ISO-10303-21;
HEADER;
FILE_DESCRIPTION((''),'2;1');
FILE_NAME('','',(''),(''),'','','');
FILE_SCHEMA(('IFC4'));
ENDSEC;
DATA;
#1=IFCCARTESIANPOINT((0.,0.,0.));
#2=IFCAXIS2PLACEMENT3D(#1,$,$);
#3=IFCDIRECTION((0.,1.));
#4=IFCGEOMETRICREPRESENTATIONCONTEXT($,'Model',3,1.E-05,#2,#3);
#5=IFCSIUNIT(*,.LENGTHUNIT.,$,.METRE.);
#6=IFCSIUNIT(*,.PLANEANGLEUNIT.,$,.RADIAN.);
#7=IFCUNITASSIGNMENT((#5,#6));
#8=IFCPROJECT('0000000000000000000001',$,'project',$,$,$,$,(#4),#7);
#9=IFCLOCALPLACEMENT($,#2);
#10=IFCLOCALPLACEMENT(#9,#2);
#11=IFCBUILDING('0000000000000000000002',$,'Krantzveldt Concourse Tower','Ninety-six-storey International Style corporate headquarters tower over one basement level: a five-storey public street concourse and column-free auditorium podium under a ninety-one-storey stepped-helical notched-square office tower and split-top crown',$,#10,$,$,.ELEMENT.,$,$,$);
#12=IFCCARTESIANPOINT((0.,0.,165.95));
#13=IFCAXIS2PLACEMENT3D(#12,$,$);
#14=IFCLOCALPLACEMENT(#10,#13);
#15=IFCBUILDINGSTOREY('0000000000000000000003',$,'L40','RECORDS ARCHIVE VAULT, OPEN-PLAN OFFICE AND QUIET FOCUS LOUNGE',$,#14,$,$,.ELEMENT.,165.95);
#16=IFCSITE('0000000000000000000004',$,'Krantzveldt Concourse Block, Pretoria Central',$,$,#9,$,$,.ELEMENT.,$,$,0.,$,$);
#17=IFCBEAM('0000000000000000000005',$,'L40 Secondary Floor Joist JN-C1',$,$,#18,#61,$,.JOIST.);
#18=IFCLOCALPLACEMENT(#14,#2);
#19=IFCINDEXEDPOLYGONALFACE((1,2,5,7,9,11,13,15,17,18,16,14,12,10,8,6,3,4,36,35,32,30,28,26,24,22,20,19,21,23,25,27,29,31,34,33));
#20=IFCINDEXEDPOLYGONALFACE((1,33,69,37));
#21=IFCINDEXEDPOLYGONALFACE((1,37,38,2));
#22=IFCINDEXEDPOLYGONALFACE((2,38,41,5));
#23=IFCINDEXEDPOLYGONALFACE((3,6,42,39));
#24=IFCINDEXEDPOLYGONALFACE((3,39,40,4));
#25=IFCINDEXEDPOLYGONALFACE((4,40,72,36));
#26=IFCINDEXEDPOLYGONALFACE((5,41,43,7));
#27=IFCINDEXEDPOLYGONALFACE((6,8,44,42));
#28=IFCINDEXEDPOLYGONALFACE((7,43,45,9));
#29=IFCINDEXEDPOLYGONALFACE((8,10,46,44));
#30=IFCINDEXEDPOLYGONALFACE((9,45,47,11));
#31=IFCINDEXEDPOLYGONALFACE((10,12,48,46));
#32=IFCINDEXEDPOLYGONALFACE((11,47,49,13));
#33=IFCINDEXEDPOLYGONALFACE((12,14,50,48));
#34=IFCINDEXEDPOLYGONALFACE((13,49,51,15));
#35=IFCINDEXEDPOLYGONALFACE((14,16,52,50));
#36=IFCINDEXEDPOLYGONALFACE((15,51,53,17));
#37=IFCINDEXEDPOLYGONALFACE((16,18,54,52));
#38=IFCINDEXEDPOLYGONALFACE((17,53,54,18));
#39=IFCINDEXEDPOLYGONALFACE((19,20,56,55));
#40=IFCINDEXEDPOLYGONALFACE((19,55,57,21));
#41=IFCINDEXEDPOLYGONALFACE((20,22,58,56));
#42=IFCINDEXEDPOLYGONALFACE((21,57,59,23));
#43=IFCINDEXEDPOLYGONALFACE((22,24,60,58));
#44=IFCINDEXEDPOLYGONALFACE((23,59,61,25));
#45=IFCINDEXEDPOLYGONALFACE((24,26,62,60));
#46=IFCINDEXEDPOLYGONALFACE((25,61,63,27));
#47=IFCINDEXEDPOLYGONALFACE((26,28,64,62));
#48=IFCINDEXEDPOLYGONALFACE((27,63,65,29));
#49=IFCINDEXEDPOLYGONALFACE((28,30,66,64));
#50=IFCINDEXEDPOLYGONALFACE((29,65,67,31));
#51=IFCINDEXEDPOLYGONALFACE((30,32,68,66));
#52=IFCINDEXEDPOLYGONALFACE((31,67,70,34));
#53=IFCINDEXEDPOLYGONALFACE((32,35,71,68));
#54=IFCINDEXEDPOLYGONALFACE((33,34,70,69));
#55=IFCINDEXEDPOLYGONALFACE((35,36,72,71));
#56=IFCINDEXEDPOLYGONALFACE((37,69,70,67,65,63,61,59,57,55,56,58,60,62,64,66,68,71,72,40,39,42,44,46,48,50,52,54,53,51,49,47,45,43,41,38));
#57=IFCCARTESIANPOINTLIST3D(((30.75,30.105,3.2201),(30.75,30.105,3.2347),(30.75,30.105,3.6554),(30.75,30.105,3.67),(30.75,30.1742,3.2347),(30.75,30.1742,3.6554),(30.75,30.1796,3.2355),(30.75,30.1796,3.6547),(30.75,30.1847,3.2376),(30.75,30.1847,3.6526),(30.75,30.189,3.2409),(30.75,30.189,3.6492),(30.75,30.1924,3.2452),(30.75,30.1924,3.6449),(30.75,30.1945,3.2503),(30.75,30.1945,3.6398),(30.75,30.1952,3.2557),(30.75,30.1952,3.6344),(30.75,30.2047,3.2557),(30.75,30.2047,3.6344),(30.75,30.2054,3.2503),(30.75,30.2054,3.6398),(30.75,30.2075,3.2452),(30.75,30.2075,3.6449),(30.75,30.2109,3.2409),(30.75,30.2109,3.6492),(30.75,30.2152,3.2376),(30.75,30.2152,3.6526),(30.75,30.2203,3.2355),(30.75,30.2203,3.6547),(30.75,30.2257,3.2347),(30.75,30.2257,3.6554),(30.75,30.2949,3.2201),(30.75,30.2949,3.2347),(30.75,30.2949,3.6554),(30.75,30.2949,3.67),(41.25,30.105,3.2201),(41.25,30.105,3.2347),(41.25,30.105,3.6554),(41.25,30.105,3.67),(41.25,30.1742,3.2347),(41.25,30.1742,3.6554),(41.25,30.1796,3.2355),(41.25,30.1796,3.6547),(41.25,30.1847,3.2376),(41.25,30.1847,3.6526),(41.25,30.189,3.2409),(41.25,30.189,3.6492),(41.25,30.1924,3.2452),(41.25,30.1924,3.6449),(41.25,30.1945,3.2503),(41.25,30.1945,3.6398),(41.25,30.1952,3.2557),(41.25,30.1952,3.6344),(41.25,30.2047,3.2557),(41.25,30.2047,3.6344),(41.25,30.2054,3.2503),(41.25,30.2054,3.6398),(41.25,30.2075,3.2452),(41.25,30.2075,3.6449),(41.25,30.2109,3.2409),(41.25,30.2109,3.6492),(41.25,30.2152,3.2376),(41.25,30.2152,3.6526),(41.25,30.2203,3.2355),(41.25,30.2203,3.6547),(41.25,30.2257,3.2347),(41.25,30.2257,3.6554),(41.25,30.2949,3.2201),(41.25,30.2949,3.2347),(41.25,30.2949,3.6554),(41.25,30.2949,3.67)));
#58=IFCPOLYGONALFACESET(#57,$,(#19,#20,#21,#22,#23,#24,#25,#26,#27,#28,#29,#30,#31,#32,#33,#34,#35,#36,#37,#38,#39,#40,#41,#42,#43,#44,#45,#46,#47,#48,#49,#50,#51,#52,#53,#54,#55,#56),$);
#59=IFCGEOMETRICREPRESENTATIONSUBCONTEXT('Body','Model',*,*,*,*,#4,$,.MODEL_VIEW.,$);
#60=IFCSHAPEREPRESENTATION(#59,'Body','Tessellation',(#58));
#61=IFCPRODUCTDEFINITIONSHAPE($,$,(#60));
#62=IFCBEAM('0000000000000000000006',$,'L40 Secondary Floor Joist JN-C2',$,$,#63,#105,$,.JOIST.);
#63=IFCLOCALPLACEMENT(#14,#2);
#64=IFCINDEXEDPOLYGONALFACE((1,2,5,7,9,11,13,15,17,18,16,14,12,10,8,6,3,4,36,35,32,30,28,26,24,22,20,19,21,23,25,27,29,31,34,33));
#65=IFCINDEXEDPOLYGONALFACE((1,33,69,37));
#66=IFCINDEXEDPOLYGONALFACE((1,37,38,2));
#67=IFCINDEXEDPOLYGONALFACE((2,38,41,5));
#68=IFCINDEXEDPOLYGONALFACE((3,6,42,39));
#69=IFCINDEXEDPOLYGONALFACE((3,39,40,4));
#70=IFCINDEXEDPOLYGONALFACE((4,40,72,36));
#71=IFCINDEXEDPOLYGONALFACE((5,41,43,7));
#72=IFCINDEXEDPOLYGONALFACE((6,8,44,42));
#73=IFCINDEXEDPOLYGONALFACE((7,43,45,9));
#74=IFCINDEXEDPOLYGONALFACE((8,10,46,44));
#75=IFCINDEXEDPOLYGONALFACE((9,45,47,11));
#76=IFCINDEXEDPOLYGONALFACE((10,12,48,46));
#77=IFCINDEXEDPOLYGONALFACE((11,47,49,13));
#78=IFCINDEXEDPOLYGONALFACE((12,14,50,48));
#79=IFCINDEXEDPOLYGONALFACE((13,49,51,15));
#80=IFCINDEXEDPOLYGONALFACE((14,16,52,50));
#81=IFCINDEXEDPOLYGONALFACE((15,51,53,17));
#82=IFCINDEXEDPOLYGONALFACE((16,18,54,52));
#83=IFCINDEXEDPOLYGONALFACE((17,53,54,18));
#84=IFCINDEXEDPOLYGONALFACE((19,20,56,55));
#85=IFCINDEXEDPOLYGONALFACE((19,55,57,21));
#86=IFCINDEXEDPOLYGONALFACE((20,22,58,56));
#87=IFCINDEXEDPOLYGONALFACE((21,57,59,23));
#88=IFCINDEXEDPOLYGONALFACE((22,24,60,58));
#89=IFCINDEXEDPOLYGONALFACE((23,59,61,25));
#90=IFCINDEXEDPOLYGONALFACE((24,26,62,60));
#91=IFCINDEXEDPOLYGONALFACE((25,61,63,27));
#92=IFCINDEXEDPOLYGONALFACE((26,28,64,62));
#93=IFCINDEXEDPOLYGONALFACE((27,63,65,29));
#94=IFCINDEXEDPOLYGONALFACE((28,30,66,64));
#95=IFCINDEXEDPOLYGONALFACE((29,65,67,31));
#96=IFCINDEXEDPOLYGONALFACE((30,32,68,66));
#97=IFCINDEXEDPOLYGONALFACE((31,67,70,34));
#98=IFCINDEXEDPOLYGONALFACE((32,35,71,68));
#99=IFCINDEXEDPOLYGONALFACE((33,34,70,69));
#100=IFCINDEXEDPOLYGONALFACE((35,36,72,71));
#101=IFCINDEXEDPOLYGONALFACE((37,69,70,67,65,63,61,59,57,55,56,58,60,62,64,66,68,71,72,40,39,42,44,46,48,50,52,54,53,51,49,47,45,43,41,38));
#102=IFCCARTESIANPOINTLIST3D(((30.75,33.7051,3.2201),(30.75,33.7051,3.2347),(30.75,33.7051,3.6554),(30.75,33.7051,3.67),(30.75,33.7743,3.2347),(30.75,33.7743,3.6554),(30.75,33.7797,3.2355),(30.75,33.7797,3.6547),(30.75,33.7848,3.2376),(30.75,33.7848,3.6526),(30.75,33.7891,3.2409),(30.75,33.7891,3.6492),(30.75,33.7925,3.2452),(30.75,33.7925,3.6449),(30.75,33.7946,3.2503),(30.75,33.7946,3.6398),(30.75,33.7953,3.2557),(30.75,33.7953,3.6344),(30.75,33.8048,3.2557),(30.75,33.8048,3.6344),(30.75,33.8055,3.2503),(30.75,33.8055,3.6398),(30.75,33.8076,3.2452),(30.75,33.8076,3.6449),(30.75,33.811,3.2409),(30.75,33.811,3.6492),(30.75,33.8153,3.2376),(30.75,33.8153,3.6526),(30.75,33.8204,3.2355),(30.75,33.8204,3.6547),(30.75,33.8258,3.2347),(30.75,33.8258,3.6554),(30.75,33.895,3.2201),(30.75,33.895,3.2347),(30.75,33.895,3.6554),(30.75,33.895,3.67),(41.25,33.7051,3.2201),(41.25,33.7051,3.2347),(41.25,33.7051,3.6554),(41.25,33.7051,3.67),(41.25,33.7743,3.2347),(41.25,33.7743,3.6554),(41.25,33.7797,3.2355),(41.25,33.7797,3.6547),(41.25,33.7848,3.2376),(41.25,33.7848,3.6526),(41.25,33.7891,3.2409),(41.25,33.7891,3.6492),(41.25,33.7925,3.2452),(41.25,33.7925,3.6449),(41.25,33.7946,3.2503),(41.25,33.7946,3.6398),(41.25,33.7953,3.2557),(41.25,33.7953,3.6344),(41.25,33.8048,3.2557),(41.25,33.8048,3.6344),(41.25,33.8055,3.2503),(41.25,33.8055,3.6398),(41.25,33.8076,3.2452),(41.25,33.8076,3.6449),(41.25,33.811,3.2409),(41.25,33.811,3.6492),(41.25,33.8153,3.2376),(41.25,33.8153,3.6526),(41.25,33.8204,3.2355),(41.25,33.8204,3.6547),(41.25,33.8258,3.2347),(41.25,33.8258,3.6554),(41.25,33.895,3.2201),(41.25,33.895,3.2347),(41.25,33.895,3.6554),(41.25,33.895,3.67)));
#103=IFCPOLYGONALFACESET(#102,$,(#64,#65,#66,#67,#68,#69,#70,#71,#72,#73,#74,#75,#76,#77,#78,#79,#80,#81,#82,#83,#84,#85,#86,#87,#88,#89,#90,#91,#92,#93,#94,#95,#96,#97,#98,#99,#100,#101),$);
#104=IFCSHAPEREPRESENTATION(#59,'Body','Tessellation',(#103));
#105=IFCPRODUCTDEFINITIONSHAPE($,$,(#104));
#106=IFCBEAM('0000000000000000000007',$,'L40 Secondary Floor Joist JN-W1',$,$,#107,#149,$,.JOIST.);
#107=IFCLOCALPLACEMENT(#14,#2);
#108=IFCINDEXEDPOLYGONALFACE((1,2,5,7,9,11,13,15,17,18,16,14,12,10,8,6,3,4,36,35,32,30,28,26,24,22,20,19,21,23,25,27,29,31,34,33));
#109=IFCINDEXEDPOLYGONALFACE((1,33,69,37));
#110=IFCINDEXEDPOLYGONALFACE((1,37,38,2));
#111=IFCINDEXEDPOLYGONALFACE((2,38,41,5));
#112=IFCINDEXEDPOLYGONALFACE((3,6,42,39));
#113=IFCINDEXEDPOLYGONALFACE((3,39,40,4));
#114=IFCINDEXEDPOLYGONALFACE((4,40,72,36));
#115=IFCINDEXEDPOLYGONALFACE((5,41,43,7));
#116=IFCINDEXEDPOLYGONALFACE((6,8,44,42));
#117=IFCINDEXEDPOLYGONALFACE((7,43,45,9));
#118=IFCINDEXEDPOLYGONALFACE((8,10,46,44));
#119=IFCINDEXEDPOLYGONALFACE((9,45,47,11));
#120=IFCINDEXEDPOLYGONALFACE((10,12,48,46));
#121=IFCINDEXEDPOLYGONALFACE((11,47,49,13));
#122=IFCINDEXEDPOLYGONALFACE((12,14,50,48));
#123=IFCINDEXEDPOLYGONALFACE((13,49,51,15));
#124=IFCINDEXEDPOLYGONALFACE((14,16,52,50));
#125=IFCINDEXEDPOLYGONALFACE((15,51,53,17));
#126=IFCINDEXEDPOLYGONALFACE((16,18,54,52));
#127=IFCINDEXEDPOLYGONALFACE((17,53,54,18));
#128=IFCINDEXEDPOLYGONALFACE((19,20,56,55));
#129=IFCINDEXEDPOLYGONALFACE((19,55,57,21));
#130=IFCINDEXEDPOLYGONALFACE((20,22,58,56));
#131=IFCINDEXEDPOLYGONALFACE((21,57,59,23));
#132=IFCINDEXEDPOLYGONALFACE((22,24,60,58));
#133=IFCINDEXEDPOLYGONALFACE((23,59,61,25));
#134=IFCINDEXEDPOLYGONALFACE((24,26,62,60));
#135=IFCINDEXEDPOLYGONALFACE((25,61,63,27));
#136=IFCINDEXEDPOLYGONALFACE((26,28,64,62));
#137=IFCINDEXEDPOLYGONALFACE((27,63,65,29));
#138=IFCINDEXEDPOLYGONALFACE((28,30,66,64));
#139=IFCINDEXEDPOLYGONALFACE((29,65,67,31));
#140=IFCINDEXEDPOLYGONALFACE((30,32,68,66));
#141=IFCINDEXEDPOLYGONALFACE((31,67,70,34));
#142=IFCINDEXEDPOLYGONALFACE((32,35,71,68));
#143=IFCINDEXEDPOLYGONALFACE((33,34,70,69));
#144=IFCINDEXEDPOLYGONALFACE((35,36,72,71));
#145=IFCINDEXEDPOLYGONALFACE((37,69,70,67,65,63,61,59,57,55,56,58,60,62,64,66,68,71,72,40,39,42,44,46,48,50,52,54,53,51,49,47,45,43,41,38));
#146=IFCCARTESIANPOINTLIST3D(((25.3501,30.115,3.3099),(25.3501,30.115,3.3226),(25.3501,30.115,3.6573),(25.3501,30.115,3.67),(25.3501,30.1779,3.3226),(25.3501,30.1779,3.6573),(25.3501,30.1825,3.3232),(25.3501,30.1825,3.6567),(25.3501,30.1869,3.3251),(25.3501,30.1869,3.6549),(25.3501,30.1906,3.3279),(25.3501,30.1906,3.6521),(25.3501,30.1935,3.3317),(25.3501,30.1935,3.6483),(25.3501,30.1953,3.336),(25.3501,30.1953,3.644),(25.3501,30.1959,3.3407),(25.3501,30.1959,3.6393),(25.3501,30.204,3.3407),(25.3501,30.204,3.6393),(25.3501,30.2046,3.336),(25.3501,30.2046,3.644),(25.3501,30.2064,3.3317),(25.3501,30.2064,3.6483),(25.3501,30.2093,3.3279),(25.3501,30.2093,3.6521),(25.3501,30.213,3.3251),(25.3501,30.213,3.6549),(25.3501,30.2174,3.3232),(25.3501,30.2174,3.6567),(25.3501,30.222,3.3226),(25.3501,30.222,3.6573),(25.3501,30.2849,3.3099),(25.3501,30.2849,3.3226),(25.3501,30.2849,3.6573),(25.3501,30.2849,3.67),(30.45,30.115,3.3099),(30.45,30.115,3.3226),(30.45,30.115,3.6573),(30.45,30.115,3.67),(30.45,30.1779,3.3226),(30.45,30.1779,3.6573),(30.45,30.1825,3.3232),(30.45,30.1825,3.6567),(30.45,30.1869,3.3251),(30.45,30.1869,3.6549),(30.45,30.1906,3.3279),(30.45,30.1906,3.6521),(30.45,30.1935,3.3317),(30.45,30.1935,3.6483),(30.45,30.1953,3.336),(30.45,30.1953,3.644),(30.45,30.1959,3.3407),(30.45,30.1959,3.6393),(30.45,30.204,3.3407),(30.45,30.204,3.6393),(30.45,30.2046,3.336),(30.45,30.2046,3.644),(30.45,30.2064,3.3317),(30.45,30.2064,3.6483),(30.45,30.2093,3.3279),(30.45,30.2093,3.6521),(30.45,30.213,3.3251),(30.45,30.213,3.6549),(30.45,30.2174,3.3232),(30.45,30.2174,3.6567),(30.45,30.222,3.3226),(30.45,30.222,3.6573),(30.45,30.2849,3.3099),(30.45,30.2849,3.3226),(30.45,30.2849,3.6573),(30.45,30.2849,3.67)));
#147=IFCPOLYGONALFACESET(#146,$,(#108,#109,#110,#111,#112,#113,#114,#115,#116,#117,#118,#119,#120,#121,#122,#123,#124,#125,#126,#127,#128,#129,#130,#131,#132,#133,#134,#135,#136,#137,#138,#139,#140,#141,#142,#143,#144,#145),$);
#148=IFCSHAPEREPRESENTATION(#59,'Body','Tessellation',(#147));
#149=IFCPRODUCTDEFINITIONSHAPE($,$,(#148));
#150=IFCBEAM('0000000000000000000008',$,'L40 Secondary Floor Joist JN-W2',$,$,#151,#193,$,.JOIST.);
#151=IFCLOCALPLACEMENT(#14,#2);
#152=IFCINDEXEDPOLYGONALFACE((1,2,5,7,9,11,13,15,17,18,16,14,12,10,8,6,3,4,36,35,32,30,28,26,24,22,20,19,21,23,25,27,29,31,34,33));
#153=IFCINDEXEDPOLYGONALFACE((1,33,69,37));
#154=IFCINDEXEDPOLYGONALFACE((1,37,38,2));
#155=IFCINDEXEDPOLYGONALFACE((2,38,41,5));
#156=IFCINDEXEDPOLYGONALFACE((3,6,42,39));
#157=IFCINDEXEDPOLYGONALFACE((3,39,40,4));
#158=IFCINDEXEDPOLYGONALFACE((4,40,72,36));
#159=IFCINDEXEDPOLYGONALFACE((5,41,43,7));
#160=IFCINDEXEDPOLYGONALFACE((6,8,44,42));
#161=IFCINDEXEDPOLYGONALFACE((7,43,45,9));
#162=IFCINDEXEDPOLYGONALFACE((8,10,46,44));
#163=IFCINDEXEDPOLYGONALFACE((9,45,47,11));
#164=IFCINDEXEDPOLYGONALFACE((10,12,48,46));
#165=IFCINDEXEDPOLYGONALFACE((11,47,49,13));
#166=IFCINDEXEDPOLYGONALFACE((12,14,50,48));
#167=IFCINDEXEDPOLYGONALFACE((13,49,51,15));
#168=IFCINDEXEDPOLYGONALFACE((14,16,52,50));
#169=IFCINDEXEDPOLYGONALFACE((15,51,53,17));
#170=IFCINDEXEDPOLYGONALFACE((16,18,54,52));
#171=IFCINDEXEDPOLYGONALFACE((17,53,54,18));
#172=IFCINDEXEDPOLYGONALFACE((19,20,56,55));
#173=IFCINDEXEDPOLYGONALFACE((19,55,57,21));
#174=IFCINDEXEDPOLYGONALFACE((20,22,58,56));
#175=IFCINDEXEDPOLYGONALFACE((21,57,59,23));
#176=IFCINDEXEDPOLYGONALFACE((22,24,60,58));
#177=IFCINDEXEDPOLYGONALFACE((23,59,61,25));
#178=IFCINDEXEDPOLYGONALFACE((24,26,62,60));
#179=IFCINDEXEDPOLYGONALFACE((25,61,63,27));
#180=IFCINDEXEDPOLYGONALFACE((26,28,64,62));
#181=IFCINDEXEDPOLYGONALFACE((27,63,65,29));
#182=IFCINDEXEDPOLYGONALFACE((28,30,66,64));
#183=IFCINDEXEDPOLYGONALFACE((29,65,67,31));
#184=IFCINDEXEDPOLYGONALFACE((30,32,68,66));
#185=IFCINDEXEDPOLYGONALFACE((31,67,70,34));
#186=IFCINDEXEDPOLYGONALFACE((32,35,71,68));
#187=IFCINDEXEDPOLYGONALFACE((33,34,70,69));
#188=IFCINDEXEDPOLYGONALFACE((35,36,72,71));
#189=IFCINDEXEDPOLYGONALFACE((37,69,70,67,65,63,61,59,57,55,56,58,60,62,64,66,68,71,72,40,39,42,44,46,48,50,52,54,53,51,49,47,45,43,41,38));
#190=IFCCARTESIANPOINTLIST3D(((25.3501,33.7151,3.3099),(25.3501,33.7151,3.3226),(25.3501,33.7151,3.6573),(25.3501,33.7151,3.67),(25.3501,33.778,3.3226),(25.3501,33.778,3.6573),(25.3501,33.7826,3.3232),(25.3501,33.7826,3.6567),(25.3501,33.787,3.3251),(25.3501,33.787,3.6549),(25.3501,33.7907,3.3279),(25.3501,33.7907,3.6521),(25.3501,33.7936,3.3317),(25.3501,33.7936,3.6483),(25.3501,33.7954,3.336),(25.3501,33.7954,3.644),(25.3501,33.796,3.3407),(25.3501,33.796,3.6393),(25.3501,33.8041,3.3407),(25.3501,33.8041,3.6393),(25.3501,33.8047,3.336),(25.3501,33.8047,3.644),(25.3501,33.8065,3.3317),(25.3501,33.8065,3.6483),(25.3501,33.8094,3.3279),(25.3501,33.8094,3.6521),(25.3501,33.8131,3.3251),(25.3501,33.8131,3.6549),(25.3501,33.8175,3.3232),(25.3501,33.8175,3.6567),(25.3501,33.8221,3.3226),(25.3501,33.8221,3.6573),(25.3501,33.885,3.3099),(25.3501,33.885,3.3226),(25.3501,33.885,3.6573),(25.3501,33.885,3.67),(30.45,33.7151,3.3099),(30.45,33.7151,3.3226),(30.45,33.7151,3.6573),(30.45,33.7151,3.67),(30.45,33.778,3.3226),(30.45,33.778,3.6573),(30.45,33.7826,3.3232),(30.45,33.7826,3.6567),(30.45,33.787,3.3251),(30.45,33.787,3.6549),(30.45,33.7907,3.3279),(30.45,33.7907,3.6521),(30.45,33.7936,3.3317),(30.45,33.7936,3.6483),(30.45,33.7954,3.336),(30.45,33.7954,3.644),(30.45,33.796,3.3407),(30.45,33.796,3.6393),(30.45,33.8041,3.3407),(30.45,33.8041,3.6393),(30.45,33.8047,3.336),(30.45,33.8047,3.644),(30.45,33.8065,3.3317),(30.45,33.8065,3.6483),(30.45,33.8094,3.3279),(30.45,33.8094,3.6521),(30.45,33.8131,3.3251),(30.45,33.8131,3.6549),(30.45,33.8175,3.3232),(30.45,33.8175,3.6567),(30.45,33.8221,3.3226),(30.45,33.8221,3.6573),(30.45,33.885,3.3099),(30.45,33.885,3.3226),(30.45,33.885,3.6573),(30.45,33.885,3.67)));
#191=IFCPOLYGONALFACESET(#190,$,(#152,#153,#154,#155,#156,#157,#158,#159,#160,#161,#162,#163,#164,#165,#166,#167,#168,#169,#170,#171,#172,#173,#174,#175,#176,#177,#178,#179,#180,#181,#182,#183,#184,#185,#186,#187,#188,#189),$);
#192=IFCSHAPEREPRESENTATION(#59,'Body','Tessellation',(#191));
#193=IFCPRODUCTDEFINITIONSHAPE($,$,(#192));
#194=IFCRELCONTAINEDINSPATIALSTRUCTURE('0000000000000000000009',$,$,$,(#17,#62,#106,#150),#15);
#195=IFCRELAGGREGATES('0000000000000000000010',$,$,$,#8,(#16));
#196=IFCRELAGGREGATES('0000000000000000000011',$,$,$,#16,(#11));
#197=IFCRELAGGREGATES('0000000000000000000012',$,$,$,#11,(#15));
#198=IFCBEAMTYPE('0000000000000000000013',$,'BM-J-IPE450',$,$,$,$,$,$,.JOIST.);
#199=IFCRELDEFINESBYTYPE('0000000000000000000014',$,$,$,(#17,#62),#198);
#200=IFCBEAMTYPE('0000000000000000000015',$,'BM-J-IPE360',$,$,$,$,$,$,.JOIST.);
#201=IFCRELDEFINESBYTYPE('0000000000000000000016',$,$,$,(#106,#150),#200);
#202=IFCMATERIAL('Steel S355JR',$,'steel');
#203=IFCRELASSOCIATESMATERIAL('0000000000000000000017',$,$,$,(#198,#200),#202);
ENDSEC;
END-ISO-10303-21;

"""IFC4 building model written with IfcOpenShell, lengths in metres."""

from ifc_helpers import new_model, si_unit, direction, frame, origin, origin_2d, place, context, subcontext, project, spatial, i_section, extrude, source, transform, mapped, material, material_profile, profile_set, type_object, type_shapes, element, save


model = new_model("IFC4")

# Units and contexts
model_context = context("Model", 3, precision=1e-05, world=origin(), true_north=direction((0.0, 1.0)))
body_context = subcontext(model_context, "Body", "Model", "MODEL_VIEW")
ifc_project = project(units=[si_unit("LENGTHUNIT", "METRE"), si_unit("PLANEANGLEUNIT", "RADIAN")], contexts=[model_context])

# Site, building, storey
site_placement = place(None, origin())
site = spatial("IfcSite", under=ifc_project, at=site_placement, Name="Krantzveldt Concourse Block, Pretoria Central", CompositionType="ELEMENT", RefElevation=0.0)
building_placement = place(site_placement, origin())
building = spatial("IfcBuilding", under=site, at=building_placement, Name="Krantzveldt Concourse Tower", Description="Ninety-six-storey International Style corporate headquarters tower over one basement level: a five-storey public street concourse and column-free auditorium podium under a ninety-one-storey stepped-helical notched-square office tower and split-top crown", CompositionType="ELEMENT")
storey_placement = place(building_placement, frame((0.0, 0.0, 165.95)))
storey = spatial("IfcBuildingStorey", under=building, at=storey_placement, Name="L40", Description="RECORDS ARCHIVE VAULT, OPEN-PLAN OFFICE AND QUIET FOCUS LOUNGE", CompositionType="ELEMENT", Elevation=165.95)

# Beams
ifc_material_1 = material(Name="Steel S355JR", Category="steel")
ifc_material_profile_1 = material_profile(ifc_material_1, i_section(OverallWidth=0.1899, OverallDepth=0.45, WebThickness=0.0095, FlangeThickness=0.0146, FilletRadius=0.021, at=origin_2d()), Name="Steel S355JR", Category="steel")
ifc_profile_set_1 = profile_set([ifc_material_profile_1], Name="Steel S355JR - IPE 450")
beam_type_1 = type_object("IfcBeamType", Name="BM-J-IPE450", PredefinedType="JOIST", material=ifc_profile_set_1)
shared_shape_1 = source(origin(), body_context, "Body", "SweptSolid", [
    extrude(i_section(OverallWidth=0.1899, OverallDepth=0.45, WebThickness=0.0095, FlangeThickness=0.0146, FilletRadius=0.021, at=origin_2d()), origin(), (0.0, 0.0, 1.0), 10.5),
])
for number, where, z_axis, x_axis, name in (
    (1, (30.75, 30.2, 3.4451), (1.0, 0.0, 0.0), (0.0, 1.0, 0.0), "L40 Secondary Floor Joist JN-C1"),
    (2, (30.75, 33.8, 3.4451), (1.0, 0.0, 0.0), (0.0, 1.0, 0.0), "L40 Secondary Floor Joist JN-C2"),
):
    element("IfcBeam", number, at=place(storey_placement, frame(where, z_axis=z_axis, x_axis=x_axis)), inside=storey, type_object=beam_type_1, Name=name, PredefinedType="JOIST", context=body_context, shape_type="MappedRepresentation", body=[
        mapped(shared_shape_1, transform((0.0, 0.0, 0.0), x_axis=(1.0, 0.0, 0.0), y_axis=(0.0, 1.0, 0.0), z_axis=(0.0, 0.0, 1.0), scale=1.0)),
    ])
ifc_material_profile_2 = material_profile(ifc_material_1, i_section(OverallWidth=0.1699, OverallDepth=0.3601, WebThickness=0.0081, FlangeThickness=0.0127, FilletRadius=0.0181, at=origin_2d()), Name="Steel S355JR", Category="steel")
ifc_profile_set_2 = profile_set([ifc_material_profile_2], Name="Steel S355JR - IPE 360")
beam_type_2 = type_object("IfcBeamType", Name="BM-J-IPE360", PredefinedType="JOIST", material=ifc_profile_set_2)
shared_shape_2 = source(origin(), body_context, "Body", "SweptSolid", [
    extrude(i_section(OverallWidth=0.1699, OverallDepth=0.3601, WebThickness=0.0081, FlangeThickness=0.0127, FilletRadius=0.0181, at=origin_2d()), origin(), (0.0, 0.0, 1.0), 5.0999),
])
type_shapes(beam_type_2, [shared_shape_2])
for number, where, z_axis, x_axis, name in (
    (3, (25.3501, 30.2, 3.49), (1.0, 0.0, 0.0), (0.0, 1.0, 0.0), "L40 Secondary Floor Joist JN-W1"),
    (4, (25.3501, 33.8, 3.49), (1.0, 0.0, 0.0), (0.0, 1.0, 0.0), "L40 Secondary Floor Joist JN-W2"),
):
    element("IfcBeam", number, at=place(storey_placement, frame(where, z_axis=z_axis, x_axis=x_axis)), inside=storey, type_object=beam_type_2, Name=name, PredefinedType="JOIST", context=body_context, shape_type="MappedRepresentation", body=[
        mapped(shared_shape_2, transform((0.0, 0.0, 0.0), x_axis=(1.0, 0.0, 0.0), y_axis=(0.0, 1.0, 0.0), z_axis=(0.0, 0.0, 1.0), scale=1.0)),
    ])

save(model, "model.ifc")
